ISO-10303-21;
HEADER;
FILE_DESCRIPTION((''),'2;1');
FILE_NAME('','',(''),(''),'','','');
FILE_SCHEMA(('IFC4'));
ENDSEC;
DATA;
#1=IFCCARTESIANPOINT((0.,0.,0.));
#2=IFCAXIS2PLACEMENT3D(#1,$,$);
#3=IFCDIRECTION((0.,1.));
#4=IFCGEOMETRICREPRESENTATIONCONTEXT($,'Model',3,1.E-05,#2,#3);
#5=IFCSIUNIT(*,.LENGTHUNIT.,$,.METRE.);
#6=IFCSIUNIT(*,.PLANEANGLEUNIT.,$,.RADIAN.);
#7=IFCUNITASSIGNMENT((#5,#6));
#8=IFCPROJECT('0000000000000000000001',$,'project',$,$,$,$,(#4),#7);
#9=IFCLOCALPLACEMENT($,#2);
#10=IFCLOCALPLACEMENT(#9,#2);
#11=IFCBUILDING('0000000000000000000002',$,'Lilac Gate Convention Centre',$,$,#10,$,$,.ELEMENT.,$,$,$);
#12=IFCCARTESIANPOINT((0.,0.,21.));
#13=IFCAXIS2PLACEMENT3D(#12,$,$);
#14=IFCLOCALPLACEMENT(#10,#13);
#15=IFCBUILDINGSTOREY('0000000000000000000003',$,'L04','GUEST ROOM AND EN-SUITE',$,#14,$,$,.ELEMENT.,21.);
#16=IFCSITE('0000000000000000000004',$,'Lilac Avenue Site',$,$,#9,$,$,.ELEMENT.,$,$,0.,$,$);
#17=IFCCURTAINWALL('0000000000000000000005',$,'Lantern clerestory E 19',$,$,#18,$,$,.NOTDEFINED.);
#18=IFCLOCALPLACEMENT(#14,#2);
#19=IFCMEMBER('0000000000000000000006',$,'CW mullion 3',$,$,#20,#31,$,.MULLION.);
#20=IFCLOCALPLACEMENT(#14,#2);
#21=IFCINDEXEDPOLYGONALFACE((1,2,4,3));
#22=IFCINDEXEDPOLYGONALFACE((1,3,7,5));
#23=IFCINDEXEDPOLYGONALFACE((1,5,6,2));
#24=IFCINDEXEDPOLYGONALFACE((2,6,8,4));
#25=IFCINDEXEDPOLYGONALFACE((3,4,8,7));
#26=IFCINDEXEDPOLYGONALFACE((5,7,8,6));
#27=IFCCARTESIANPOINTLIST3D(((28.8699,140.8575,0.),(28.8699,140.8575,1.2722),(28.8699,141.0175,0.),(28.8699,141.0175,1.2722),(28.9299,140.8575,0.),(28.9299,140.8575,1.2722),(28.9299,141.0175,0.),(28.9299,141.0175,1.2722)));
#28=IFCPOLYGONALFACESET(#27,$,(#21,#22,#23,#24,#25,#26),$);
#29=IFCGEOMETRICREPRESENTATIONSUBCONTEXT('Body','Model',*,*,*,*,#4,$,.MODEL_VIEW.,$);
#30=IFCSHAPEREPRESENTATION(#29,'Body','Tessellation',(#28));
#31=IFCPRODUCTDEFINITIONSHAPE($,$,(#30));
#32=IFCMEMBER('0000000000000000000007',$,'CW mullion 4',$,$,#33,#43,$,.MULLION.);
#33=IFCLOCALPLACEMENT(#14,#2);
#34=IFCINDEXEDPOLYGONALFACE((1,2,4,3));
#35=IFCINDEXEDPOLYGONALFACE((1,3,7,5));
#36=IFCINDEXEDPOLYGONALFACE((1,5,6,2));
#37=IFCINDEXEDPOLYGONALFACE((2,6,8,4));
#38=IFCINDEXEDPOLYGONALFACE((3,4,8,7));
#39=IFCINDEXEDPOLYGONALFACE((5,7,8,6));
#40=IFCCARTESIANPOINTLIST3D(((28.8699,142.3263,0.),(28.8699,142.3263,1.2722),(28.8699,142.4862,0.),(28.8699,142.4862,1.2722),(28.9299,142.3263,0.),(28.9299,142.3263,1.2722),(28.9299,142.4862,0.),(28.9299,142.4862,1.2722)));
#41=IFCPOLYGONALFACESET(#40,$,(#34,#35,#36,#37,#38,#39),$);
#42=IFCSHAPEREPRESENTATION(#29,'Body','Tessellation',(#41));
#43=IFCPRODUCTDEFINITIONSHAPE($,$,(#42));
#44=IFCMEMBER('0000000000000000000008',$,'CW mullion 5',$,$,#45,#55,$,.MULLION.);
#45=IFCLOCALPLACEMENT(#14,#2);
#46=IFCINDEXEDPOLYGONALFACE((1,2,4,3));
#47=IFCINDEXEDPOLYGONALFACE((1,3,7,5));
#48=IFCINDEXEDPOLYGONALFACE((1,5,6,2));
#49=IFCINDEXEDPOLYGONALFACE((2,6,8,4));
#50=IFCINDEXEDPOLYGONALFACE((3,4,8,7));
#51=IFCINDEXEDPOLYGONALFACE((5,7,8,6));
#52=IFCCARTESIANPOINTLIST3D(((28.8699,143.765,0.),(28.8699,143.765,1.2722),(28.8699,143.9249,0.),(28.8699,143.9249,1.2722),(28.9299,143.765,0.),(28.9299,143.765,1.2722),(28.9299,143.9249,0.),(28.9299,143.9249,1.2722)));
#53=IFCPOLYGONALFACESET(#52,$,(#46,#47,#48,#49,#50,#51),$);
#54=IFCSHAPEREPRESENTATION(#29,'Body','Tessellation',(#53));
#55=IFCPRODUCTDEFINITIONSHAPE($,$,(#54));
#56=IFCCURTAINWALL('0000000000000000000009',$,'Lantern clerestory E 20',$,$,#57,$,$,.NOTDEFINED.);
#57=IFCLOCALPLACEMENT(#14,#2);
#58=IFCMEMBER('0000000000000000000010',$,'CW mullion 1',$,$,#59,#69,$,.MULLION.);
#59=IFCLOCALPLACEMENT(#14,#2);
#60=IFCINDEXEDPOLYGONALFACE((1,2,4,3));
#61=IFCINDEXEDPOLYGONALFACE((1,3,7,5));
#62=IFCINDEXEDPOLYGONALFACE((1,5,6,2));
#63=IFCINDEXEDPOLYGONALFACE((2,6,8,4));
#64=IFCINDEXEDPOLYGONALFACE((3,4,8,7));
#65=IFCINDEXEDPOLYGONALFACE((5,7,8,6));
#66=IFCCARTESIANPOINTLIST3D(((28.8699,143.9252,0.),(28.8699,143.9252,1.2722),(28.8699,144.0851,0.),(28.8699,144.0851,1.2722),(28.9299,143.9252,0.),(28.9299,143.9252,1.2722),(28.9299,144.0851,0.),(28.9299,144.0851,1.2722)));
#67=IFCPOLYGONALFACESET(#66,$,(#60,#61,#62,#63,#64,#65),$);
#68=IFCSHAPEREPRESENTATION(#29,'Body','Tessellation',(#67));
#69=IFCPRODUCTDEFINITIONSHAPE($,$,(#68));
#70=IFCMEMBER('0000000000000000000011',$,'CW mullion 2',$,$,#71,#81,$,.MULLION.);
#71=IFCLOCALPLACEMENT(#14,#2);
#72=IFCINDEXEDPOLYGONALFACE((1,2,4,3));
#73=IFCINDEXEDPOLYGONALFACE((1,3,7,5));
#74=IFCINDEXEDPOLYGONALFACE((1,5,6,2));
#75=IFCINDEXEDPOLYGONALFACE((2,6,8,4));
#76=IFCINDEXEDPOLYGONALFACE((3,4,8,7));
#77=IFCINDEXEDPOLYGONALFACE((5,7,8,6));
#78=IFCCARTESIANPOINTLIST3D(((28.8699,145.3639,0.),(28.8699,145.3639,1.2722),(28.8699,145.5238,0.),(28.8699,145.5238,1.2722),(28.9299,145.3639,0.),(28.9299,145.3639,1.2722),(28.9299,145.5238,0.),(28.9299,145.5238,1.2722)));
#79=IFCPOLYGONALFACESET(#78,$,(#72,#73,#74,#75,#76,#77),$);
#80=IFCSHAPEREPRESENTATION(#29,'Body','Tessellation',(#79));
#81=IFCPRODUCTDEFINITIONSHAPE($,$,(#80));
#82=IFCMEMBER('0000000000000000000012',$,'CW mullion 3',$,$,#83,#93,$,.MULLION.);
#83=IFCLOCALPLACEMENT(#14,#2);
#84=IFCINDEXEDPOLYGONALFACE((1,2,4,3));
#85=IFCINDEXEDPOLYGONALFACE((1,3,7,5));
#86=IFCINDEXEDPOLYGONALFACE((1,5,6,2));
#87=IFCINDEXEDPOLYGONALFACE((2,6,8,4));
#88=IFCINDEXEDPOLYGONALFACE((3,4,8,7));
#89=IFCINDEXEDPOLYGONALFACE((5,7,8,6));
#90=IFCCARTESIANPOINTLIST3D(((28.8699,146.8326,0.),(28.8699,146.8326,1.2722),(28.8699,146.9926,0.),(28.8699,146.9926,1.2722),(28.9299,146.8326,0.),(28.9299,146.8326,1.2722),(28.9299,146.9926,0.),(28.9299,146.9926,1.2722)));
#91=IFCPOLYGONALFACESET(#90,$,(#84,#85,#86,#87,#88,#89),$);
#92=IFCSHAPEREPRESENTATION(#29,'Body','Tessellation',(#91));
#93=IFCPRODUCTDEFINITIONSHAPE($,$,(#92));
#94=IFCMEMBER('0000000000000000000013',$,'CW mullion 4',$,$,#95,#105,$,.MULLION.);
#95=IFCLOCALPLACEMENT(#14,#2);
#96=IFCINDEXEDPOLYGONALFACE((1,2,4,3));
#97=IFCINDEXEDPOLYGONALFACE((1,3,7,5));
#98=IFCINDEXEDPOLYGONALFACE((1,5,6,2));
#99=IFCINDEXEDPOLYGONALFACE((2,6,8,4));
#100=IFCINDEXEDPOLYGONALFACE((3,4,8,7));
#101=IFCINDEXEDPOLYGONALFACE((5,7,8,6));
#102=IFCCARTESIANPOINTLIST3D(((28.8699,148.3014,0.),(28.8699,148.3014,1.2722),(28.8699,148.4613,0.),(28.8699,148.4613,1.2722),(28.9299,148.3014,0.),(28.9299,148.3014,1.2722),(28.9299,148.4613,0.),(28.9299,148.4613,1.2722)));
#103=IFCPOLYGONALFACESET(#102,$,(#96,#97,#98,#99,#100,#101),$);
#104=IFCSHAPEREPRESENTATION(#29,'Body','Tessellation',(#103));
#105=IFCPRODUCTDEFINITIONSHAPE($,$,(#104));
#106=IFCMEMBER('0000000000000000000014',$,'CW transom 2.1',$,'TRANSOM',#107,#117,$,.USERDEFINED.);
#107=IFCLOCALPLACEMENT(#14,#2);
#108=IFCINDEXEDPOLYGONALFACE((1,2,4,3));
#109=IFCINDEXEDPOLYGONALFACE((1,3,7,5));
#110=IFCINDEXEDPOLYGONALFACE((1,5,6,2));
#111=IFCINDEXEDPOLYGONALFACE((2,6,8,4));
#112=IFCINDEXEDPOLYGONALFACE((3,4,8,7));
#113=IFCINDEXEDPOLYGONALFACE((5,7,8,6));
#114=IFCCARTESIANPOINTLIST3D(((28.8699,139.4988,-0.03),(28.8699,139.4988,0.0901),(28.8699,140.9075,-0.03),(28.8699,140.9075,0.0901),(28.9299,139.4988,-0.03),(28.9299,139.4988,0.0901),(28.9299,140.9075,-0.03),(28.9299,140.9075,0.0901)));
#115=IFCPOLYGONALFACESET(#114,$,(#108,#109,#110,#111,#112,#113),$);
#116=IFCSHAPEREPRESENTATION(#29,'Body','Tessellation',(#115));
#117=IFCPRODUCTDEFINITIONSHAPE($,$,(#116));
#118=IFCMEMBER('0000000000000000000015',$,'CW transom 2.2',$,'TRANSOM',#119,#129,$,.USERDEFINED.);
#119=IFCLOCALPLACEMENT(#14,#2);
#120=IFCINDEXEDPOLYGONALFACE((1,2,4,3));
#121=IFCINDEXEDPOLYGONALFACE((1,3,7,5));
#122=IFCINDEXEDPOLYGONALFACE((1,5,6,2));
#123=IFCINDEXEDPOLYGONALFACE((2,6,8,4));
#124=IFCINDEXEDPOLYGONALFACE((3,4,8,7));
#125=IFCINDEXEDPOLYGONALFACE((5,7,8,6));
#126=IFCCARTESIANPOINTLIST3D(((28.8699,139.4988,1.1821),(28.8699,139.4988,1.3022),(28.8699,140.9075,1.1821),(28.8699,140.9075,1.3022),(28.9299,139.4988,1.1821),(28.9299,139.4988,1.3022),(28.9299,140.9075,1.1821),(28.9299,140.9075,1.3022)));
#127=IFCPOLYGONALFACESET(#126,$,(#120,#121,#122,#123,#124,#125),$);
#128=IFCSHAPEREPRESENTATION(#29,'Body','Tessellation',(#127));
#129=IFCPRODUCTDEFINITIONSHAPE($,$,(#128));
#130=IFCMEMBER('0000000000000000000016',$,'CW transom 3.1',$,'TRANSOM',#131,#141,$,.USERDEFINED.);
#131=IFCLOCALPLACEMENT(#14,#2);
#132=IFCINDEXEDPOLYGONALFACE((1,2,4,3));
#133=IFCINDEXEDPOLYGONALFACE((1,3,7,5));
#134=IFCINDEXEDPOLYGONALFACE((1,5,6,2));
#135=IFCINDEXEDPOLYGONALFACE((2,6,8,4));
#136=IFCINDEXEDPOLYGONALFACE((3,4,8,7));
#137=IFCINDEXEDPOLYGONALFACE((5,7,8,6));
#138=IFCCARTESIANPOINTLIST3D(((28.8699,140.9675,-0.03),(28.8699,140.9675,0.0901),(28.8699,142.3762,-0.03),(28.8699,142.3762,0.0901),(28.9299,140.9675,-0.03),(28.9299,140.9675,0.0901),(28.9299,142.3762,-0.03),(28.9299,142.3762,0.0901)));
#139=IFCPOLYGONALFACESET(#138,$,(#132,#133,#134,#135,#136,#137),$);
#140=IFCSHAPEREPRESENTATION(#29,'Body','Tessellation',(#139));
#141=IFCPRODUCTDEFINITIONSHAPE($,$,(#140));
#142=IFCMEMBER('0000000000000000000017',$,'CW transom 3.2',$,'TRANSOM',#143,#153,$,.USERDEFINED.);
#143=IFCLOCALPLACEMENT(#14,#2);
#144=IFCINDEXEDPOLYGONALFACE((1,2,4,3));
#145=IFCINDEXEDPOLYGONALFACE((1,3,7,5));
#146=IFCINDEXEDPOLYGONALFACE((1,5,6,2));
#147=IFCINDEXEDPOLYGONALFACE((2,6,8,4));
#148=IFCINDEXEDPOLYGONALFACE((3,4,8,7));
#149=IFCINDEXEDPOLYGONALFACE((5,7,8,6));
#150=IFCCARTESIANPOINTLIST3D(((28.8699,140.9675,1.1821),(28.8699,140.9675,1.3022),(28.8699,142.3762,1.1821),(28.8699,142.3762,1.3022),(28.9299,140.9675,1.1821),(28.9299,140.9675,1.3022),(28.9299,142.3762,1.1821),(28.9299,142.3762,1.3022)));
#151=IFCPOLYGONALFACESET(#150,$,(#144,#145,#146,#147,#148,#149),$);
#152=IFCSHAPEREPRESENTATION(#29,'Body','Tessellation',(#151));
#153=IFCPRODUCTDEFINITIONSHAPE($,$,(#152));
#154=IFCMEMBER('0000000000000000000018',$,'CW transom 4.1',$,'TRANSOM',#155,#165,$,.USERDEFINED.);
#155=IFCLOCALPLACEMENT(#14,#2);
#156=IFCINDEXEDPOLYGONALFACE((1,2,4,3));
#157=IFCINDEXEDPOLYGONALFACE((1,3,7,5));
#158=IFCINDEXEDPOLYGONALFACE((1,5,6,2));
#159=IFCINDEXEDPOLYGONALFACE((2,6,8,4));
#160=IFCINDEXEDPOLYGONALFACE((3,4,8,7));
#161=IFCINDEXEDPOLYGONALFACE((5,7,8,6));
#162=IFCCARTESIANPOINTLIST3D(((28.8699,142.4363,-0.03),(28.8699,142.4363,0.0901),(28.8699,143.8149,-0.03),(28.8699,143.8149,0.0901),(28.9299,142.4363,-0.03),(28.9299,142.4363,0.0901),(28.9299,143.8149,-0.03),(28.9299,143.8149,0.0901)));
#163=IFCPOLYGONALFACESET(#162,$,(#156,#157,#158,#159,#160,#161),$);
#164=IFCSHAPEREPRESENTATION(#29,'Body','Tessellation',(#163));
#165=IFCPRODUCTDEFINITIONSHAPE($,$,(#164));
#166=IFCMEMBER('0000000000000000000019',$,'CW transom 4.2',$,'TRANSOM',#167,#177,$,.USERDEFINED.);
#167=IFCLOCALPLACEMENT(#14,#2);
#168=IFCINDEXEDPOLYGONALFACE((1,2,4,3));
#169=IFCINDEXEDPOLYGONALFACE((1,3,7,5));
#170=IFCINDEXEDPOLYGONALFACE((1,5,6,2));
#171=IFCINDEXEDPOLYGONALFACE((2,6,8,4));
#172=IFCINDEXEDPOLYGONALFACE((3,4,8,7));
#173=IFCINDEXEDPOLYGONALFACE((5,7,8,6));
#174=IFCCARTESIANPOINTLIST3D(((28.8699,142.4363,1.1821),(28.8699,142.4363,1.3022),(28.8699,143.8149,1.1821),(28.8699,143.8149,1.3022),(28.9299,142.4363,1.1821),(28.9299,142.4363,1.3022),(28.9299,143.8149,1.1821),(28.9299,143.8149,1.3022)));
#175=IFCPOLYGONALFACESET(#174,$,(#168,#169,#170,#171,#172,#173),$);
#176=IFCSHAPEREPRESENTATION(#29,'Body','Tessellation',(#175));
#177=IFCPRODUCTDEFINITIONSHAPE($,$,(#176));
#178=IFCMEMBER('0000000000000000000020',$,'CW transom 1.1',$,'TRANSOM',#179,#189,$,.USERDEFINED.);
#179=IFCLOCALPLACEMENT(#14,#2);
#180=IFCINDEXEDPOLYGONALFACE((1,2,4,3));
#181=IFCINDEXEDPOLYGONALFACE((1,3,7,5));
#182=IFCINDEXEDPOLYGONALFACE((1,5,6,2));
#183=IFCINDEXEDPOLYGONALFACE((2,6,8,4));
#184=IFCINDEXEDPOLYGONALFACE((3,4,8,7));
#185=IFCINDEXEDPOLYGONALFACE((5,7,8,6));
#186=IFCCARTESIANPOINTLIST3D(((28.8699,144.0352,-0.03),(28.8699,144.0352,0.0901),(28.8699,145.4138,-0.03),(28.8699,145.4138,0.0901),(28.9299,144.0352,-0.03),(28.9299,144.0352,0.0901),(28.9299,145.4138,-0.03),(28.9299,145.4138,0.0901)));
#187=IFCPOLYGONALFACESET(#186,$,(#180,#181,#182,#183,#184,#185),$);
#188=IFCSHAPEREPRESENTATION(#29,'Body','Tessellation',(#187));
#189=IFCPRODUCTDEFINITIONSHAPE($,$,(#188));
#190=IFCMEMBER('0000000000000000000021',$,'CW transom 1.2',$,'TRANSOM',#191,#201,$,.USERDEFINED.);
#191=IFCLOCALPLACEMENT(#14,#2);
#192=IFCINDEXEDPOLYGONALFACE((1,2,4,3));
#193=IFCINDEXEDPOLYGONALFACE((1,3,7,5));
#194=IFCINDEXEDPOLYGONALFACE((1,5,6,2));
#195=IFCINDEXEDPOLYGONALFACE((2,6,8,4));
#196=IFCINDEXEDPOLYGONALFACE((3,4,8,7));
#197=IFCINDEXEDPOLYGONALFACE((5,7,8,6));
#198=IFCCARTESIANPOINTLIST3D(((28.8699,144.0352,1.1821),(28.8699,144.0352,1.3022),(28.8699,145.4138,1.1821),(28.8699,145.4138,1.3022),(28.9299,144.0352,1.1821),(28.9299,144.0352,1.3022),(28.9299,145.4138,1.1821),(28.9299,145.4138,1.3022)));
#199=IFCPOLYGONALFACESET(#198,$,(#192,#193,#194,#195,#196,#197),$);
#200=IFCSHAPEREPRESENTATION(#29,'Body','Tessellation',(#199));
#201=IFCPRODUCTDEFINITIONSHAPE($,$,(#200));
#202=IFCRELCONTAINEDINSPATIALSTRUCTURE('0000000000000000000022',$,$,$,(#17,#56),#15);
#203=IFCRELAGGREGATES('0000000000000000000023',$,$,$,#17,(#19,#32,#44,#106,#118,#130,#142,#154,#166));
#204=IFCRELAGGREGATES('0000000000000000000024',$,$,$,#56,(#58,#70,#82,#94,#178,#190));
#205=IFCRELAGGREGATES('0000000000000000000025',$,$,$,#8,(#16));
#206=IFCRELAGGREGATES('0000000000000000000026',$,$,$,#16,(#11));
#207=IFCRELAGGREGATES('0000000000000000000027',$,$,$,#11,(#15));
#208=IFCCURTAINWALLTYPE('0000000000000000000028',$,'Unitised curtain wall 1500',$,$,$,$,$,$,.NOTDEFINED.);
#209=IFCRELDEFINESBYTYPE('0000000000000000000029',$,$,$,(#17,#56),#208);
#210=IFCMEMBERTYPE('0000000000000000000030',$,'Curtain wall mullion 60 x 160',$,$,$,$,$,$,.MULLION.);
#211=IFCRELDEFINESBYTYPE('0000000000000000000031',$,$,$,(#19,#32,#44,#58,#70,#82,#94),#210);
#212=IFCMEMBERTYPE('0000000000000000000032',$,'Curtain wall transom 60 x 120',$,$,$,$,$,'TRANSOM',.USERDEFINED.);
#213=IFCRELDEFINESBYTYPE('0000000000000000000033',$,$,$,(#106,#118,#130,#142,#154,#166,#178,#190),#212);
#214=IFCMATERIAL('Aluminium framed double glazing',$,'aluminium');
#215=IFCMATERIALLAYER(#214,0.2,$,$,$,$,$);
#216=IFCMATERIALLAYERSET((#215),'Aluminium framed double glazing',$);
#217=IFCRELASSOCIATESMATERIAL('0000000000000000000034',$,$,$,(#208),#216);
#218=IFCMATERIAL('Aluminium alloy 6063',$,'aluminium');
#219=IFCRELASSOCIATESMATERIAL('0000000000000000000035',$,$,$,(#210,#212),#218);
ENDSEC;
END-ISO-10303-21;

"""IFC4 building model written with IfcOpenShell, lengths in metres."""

from ifc_helpers import new_model, si_unit, direction, frame, origin, origin_2d, place, context, subcontext, project, spatial, rectangle, extrude, material, layer, layer_set, material_profile, profile_set, type_object, element, aggregate, save


model = new_model("IFC4")

# Units and contexts
model_context = context("Model", 3, precision=1e-05, world=origin(), true_north=direction((0.0, 1.0)))
body_context = subcontext(model_context, "Body", "Model", "MODEL_VIEW")
ifc_project = project(units=[si_unit("LENGTHUNIT", "METRE"), si_unit("PLANEANGLEUNIT", "RADIAN")], contexts=[model_context])

# Site, building, storey
site_placement = place(None, origin())
site = spatial("IfcSite", under=ifc_project, at=site_placement, Name="Lilac Avenue Site", CompositionType="ELEMENT", RefElevation=0.0)
building_placement = place(site_placement, origin())
building = spatial("IfcBuilding", under=site, at=building_placement, Name="Lilac Gate Convention Centre", CompositionType="ELEMENT")
storey_placement = place(building_placement, frame((0.0, 0.0, 21.0)))
storey = spatial("IfcBuildingStorey", under=building, at=storey_placement, Name="L04", Description="GUEST ROOM AND EN-SUITE", CompositionType="ELEMENT", Elevation=21.0)

# Curtain walls, members
ifc_material_1 = material(Name="Aluminium framed double glazing", Category="aluminium")
ifc_layer_1 = layer(ifc_material_1, 0.2)
ifc_layer_set_1 = layer_set([ifc_layer_1], Name="Aluminium framed double glazing")
curtain_wall_type = type_object("IfcCurtainWallType", Name="Unitised curtain wall 1500", PredefinedType="NOTDEFINED", material=ifc_layer_set_1)
curtain_wall_1_placement = place(storey_placement, origin())
curtain_wall_1 = element("IfcCurtainWall", 1, at=curtain_wall_1_placement, inside=storey, type_object=curtain_wall_type, Name="Lantern clerestory E 19", PredefinedType="NOTDEFINED")
ifc_material_2 = material(Name="Aluminium alloy 6063", Category="aluminium")
ifc_material_profile_1 = material_profile(ifc_material_2, rectangle(XDim=0.0601, YDim=0.1599, at=origin_2d()), Name="Curtain wall mullion 60 x 160")
ifc_profile_set_1 = profile_set([ifc_material_profile_1], Name="Aluminium alloy 6063")
member_type_1 = type_object("IfcMemberType", Name="Curtain wall mullion 60 x 160", PredefinedType="MULLION", material=ifc_profile_set_1)
member_1_placement = place(storey_placement, frame((28.8999, 140.9375, 0.0), z_axis=(0.0, 0.0, 1.0), x_axis=(-1.0, 0.0, 0.0)))
member_1 = element("IfcMember", 2, at=member_1_placement, type_object=member_type_1, Name="CW mullion 3", PredefinedType="MULLION", context=body_context, shape_type="SweptSolid", body=[
    extrude(rectangle(XDim=0.0601, YDim=0.1599, at=origin_2d()), origin(), (0.0, 0.0, 1.0), 1.2722),
])
member_2_placement = place(storey_placement, frame((28.8999, 142.4062, 0.0), z_axis=(0.0, 0.0, 1.0), x_axis=(-1.0, 0.0, 0.0)))
member_2 = element("IfcMember", 3, at=member_2_placement, type_object=member_type_1, Name="CW mullion 4", PredefinedType="MULLION", context=body_context, shape_type="SweptSolid", body=[
    extrude(rectangle(XDim=0.0601, YDim=0.1599, at=origin_2d()), origin(), (0.0, 0.0, 1.0), 1.2722),
])
member_3_placement = place(storey_placement, frame((28.8999, 143.845, 0.0), z_axis=(0.0, 0.0, 1.0), x_axis=(-1.0, 0.0, 0.0)))
member_3 = element("IfcMember", 4, at=member_3_placement, type_object=member_type_1, Name="CW mullion 5", PredefinedType="MULLION", context=body_context, shape_type="SweptSolid", body=[
    extrude(rectangle(XDim=0.0601, YDim=0.1599, at=origin_2d()), origin(), (0.0, 0.0, 1.0), 1.2722),
])
curtain_wall_2_placement = place(storey_placement, origin())
curtain_wall_2 = element("IfcCurtainWall", 5, at=curtain_wall_2_placement, inside=storey, type_object=curtain_wall_type, Name="Lantern clerestory E 20", PredefinedType="NOTDEFINED")
member_4_placement = place(storey_placement, frame((28.8999, 144.0051, 0.0), z_axis=(0.0, 0.0, 1.0), x_axis=(-1.0, 0.0, 0.0)))
member_4 = element("IfcMember", 6, at=member_4_placement, type_object=member_type_1, Name="CW mullion 1", PredefinedType="MULLION", context=body_context, shape_type="SweptSolid", body=[
    extrude(rectangle(XDim=0.0601, YDim=0.1599, at=origin_2d()), origin(), (0.0, 0.0, 1.0), 1.2722),
])
member_5_placement = place(storey_placement, frame((28.8999, 145.4438, 0.0), z_axis=(0.0, 0.0, 1.0), x_axis=(-1.0, 0.0, 0.0)))
member_5 = element("IfcMember", 7, at=member_5_placement, type_object=member_type_1, Name="CW mullion 2", PredefinedType="MULLION", context=body_context, shape_type="SweptSolid", body=[
    extrude(rectangle(XDim=0.0601, YDim=0.1599, at=origin_2d()), origin(), (0.0, 0.0, 1.0), 1.2722),
])
member_6_placement = place(storey_placement, frame((28.8999, 146.9126, 0.0), z_axis=(0.0, 0.0, 1.0), x_axis=(-1.0, 0.0, 0.0)))
member_6 = element("IfcMember", 8, at=member_6_placement, type_object=member_type_1, Name="CW mullion 3", PredefinedType="MULLION", context=body_context, shape_type="SweptSolid", body=[
    extrude(rectangle(XDim=0.0601, YDim=0.1599, at=origin_2d()), origin(), (0.0, 0.0, 1.0), 1.2722),
])
member_7_placement = place(storey_placement, frame((28.8999, 148.3813, 0.0), z_axis=(0.0, 0.0, 1.0), x_axis=(-1.0, 0.0, 0.0)))
member_7 = element("IfcMember", 9, at=member_7_placement, type_object=member_type_1, Name="CW mullion 4", PredefinedType="MULLION", context=body_context, shape_type="SweptSolid", body=[
    extrude(rectangle(XDim=0.0601, YDim=0.1599, at=origin_2d()), origin(), (0.0, 0.0, 1.0), 1.2722),
])

# Members
ifc_material_profile_2 = material_profile(ifc_material_2, rectangle(XDim=0.0601, YDim=0.1201, at=origin_2d()), Name="Curtain wall transom 60 x 120")
ifc_profile_set_2 = profile_set([ifc_material_profile_2], Name="Aluminium alloy 6063")
member_type_2 = type_object("IfcMemberType", Name="Curtain wall transom 60 x 120", ElementType="TRANSOM", PredefinedType="USERDEFINED", material=ifc_profile_set_2)
member_8_placement = place(storey_placement, frame((28.8999, 139.4988, 0.03), z_axis=(0.0, 1.0, 0.0), x_axis=(-1.0, 0.0, 0.0)))
member_8 = element("IfcMember", 10, at=member_8_placement, type_object=member_type_2, Name="CW transom 2.1", ObjectType="TRANSOM", PredefinedType="USERDEFINED", context=body_context, shape_type="SweptSolid", body=[
    extrude(rectangle(XDim=0.0601, YDim=0.1201, at=origin_2d()), origin(), (0.0, 0.0, 1.0), 1.4087),
])
member_9_placement = place(storey_placement, frame((28.8999, 139.4988, 1.2422), z_axis=(0.0, 1.0, 0.0), x_axis=(-1.0, 0.0, 0.0)))
member_9 = element("IfcMember", 11, at=member_9_placement, type_object=member_type_2, Name="CW transom 2.2", ObjectType="TRANSOM", PredefinedType="USERDEFINED", context=body_context, shape_type="SweptSolid", body=[
    extrude(rectangle(XDim=0.0601, YDim=0.1201, at=origin_2d()), origin(), (0.0, 0.0, 1.0), 1.4087),
])
member_10_placement = place(storey_placement, frame((28.8999, 140.9675, 0.03), z_axis=(0.0, 1.0, 0.0), x_axis=(-1.0, 0.0, 0.0)))
member_10 = element("IfcMember", 12, at=member_10_placement, type_object=member_type_2, Name="CW transom 3.1", ObjectType="TRANSOM", PredefinedType="USERDEFINED", context=body_context, shape_type="SweptSolid", body=[
    extrude(rectangle(XDim=0.0601, YDim=0.1201, at=origin_2d()), origin(), (0.0, 0.0, 1.0), 1.4087),
])
member_11_placement = place(storey_placement, frame((28.8999, 140.9675, 1.2422), z_axis=(0.0, 1.0, 0.0), x_axis=(-1.0, 0.0, 0.0)))
member_11 = element("IfcMember", 13, at=member_11_placement, type_object=member_type_2, Name="CW transom 3.2", ObjectType="TRANSOM", PredefinedType="USERDEFINED", context=body_context, shape_type="SweptSolid", body=[
    extrude(rectangle(XDim=0.0601, YDim=0.1201, at=origin_2d()), origin(), (0.0, 0.0, 1.0), 1.4087),
])
member_12_placement = place(storey_placement, frame((28.8999, 142.4363, 0.03), z_axis=(0.0, 1.0, 0.0), x_axis=(-1.0, 0.0, 0.0)))
member_12 = element("IfcMember", 14, at=member_12_placement, type_object=member_type_2, Name="CW transom 4.1", ObjectType="TRANSOM", PredefinedType="USERDEFINED", context=body_context, shape_type="SweptSolid", body=[
    extrude(rectangle(XDim=0.0601, YDim=0.1201, at=origin_2d()), origin(), (0.0, 0.0, 1.0), 1.3787),
])
member_13_placement = place(storey_placement, frame((28.8999, 142.4363, 1.2422), z_axis=(0.0, 1.0, 0.0), x_axis=(-1.0, 0.0, 0.0)))
member_13 = element("IfcMember", 15, at=member_13_placement, type_object=member_type_2, Name="CW transom 4.2", ObjectType="TRANSOM", PredefinedType="USERDEFINED", context=body_context, shape_type="SweptSolid", body=[
    extrude(rectangle(XDim=0.0601, YDim=0.1201, at=origin_2d()), origin(), (0.0, 0.0, 1.0), 1.3787),
])
member_14_placement = place(storey_placement, frame((28.8999, 144.0352, 0.03), z_axis=(0.0, 1.0, 0.0), x_axis=(-1.0, 0.0, 0.0)))
member_14 = element("IfcMember", 16, at=member_14_placement, type_object=member_type_2, Name="CW transom 1.1", ObjectType="TRANSOM", PredefinedType="USERDEFINED", context=body_context, shape_type="SweptSolid", body=[
    extrude(rectangle(XDim=0.0601, YDim=0.1201, at=origin_2d()), origin(), (0.0, 0.0, 1.0), 1.3787),
])
member_15_placement = place(storey_placement, frame((28.8999, 144.0352, 1.2422), z_axis=(0.0, 1.0, 0.0), x_axis=(-1.0, 0.0, 0.0)))
member_15 = element("IfcMember", 17, at=member_15_placement, type_object=member_type_2, Name="CW transom 1.2", ObjectType="TRANSOM", PredefinedType="USERDEFINED", context=body_context, shape_type="SweptSolid", body=[
    extrude(rectangle(XDim=0.0601, YDim=0.1201, at=origin_2d()), origin(), (0.0, 0.0, 1.0), 1.3787),
])

aggregate(curtain_wall_1, [member_1, member_2, member_3, member_8, member_9, member_10, member_11, member_12, member_13])
aggregate(curtain_wall_2, [member_4, member_5, member_6, member_7, member_14, member_15])

save(model, "model.ifc")
